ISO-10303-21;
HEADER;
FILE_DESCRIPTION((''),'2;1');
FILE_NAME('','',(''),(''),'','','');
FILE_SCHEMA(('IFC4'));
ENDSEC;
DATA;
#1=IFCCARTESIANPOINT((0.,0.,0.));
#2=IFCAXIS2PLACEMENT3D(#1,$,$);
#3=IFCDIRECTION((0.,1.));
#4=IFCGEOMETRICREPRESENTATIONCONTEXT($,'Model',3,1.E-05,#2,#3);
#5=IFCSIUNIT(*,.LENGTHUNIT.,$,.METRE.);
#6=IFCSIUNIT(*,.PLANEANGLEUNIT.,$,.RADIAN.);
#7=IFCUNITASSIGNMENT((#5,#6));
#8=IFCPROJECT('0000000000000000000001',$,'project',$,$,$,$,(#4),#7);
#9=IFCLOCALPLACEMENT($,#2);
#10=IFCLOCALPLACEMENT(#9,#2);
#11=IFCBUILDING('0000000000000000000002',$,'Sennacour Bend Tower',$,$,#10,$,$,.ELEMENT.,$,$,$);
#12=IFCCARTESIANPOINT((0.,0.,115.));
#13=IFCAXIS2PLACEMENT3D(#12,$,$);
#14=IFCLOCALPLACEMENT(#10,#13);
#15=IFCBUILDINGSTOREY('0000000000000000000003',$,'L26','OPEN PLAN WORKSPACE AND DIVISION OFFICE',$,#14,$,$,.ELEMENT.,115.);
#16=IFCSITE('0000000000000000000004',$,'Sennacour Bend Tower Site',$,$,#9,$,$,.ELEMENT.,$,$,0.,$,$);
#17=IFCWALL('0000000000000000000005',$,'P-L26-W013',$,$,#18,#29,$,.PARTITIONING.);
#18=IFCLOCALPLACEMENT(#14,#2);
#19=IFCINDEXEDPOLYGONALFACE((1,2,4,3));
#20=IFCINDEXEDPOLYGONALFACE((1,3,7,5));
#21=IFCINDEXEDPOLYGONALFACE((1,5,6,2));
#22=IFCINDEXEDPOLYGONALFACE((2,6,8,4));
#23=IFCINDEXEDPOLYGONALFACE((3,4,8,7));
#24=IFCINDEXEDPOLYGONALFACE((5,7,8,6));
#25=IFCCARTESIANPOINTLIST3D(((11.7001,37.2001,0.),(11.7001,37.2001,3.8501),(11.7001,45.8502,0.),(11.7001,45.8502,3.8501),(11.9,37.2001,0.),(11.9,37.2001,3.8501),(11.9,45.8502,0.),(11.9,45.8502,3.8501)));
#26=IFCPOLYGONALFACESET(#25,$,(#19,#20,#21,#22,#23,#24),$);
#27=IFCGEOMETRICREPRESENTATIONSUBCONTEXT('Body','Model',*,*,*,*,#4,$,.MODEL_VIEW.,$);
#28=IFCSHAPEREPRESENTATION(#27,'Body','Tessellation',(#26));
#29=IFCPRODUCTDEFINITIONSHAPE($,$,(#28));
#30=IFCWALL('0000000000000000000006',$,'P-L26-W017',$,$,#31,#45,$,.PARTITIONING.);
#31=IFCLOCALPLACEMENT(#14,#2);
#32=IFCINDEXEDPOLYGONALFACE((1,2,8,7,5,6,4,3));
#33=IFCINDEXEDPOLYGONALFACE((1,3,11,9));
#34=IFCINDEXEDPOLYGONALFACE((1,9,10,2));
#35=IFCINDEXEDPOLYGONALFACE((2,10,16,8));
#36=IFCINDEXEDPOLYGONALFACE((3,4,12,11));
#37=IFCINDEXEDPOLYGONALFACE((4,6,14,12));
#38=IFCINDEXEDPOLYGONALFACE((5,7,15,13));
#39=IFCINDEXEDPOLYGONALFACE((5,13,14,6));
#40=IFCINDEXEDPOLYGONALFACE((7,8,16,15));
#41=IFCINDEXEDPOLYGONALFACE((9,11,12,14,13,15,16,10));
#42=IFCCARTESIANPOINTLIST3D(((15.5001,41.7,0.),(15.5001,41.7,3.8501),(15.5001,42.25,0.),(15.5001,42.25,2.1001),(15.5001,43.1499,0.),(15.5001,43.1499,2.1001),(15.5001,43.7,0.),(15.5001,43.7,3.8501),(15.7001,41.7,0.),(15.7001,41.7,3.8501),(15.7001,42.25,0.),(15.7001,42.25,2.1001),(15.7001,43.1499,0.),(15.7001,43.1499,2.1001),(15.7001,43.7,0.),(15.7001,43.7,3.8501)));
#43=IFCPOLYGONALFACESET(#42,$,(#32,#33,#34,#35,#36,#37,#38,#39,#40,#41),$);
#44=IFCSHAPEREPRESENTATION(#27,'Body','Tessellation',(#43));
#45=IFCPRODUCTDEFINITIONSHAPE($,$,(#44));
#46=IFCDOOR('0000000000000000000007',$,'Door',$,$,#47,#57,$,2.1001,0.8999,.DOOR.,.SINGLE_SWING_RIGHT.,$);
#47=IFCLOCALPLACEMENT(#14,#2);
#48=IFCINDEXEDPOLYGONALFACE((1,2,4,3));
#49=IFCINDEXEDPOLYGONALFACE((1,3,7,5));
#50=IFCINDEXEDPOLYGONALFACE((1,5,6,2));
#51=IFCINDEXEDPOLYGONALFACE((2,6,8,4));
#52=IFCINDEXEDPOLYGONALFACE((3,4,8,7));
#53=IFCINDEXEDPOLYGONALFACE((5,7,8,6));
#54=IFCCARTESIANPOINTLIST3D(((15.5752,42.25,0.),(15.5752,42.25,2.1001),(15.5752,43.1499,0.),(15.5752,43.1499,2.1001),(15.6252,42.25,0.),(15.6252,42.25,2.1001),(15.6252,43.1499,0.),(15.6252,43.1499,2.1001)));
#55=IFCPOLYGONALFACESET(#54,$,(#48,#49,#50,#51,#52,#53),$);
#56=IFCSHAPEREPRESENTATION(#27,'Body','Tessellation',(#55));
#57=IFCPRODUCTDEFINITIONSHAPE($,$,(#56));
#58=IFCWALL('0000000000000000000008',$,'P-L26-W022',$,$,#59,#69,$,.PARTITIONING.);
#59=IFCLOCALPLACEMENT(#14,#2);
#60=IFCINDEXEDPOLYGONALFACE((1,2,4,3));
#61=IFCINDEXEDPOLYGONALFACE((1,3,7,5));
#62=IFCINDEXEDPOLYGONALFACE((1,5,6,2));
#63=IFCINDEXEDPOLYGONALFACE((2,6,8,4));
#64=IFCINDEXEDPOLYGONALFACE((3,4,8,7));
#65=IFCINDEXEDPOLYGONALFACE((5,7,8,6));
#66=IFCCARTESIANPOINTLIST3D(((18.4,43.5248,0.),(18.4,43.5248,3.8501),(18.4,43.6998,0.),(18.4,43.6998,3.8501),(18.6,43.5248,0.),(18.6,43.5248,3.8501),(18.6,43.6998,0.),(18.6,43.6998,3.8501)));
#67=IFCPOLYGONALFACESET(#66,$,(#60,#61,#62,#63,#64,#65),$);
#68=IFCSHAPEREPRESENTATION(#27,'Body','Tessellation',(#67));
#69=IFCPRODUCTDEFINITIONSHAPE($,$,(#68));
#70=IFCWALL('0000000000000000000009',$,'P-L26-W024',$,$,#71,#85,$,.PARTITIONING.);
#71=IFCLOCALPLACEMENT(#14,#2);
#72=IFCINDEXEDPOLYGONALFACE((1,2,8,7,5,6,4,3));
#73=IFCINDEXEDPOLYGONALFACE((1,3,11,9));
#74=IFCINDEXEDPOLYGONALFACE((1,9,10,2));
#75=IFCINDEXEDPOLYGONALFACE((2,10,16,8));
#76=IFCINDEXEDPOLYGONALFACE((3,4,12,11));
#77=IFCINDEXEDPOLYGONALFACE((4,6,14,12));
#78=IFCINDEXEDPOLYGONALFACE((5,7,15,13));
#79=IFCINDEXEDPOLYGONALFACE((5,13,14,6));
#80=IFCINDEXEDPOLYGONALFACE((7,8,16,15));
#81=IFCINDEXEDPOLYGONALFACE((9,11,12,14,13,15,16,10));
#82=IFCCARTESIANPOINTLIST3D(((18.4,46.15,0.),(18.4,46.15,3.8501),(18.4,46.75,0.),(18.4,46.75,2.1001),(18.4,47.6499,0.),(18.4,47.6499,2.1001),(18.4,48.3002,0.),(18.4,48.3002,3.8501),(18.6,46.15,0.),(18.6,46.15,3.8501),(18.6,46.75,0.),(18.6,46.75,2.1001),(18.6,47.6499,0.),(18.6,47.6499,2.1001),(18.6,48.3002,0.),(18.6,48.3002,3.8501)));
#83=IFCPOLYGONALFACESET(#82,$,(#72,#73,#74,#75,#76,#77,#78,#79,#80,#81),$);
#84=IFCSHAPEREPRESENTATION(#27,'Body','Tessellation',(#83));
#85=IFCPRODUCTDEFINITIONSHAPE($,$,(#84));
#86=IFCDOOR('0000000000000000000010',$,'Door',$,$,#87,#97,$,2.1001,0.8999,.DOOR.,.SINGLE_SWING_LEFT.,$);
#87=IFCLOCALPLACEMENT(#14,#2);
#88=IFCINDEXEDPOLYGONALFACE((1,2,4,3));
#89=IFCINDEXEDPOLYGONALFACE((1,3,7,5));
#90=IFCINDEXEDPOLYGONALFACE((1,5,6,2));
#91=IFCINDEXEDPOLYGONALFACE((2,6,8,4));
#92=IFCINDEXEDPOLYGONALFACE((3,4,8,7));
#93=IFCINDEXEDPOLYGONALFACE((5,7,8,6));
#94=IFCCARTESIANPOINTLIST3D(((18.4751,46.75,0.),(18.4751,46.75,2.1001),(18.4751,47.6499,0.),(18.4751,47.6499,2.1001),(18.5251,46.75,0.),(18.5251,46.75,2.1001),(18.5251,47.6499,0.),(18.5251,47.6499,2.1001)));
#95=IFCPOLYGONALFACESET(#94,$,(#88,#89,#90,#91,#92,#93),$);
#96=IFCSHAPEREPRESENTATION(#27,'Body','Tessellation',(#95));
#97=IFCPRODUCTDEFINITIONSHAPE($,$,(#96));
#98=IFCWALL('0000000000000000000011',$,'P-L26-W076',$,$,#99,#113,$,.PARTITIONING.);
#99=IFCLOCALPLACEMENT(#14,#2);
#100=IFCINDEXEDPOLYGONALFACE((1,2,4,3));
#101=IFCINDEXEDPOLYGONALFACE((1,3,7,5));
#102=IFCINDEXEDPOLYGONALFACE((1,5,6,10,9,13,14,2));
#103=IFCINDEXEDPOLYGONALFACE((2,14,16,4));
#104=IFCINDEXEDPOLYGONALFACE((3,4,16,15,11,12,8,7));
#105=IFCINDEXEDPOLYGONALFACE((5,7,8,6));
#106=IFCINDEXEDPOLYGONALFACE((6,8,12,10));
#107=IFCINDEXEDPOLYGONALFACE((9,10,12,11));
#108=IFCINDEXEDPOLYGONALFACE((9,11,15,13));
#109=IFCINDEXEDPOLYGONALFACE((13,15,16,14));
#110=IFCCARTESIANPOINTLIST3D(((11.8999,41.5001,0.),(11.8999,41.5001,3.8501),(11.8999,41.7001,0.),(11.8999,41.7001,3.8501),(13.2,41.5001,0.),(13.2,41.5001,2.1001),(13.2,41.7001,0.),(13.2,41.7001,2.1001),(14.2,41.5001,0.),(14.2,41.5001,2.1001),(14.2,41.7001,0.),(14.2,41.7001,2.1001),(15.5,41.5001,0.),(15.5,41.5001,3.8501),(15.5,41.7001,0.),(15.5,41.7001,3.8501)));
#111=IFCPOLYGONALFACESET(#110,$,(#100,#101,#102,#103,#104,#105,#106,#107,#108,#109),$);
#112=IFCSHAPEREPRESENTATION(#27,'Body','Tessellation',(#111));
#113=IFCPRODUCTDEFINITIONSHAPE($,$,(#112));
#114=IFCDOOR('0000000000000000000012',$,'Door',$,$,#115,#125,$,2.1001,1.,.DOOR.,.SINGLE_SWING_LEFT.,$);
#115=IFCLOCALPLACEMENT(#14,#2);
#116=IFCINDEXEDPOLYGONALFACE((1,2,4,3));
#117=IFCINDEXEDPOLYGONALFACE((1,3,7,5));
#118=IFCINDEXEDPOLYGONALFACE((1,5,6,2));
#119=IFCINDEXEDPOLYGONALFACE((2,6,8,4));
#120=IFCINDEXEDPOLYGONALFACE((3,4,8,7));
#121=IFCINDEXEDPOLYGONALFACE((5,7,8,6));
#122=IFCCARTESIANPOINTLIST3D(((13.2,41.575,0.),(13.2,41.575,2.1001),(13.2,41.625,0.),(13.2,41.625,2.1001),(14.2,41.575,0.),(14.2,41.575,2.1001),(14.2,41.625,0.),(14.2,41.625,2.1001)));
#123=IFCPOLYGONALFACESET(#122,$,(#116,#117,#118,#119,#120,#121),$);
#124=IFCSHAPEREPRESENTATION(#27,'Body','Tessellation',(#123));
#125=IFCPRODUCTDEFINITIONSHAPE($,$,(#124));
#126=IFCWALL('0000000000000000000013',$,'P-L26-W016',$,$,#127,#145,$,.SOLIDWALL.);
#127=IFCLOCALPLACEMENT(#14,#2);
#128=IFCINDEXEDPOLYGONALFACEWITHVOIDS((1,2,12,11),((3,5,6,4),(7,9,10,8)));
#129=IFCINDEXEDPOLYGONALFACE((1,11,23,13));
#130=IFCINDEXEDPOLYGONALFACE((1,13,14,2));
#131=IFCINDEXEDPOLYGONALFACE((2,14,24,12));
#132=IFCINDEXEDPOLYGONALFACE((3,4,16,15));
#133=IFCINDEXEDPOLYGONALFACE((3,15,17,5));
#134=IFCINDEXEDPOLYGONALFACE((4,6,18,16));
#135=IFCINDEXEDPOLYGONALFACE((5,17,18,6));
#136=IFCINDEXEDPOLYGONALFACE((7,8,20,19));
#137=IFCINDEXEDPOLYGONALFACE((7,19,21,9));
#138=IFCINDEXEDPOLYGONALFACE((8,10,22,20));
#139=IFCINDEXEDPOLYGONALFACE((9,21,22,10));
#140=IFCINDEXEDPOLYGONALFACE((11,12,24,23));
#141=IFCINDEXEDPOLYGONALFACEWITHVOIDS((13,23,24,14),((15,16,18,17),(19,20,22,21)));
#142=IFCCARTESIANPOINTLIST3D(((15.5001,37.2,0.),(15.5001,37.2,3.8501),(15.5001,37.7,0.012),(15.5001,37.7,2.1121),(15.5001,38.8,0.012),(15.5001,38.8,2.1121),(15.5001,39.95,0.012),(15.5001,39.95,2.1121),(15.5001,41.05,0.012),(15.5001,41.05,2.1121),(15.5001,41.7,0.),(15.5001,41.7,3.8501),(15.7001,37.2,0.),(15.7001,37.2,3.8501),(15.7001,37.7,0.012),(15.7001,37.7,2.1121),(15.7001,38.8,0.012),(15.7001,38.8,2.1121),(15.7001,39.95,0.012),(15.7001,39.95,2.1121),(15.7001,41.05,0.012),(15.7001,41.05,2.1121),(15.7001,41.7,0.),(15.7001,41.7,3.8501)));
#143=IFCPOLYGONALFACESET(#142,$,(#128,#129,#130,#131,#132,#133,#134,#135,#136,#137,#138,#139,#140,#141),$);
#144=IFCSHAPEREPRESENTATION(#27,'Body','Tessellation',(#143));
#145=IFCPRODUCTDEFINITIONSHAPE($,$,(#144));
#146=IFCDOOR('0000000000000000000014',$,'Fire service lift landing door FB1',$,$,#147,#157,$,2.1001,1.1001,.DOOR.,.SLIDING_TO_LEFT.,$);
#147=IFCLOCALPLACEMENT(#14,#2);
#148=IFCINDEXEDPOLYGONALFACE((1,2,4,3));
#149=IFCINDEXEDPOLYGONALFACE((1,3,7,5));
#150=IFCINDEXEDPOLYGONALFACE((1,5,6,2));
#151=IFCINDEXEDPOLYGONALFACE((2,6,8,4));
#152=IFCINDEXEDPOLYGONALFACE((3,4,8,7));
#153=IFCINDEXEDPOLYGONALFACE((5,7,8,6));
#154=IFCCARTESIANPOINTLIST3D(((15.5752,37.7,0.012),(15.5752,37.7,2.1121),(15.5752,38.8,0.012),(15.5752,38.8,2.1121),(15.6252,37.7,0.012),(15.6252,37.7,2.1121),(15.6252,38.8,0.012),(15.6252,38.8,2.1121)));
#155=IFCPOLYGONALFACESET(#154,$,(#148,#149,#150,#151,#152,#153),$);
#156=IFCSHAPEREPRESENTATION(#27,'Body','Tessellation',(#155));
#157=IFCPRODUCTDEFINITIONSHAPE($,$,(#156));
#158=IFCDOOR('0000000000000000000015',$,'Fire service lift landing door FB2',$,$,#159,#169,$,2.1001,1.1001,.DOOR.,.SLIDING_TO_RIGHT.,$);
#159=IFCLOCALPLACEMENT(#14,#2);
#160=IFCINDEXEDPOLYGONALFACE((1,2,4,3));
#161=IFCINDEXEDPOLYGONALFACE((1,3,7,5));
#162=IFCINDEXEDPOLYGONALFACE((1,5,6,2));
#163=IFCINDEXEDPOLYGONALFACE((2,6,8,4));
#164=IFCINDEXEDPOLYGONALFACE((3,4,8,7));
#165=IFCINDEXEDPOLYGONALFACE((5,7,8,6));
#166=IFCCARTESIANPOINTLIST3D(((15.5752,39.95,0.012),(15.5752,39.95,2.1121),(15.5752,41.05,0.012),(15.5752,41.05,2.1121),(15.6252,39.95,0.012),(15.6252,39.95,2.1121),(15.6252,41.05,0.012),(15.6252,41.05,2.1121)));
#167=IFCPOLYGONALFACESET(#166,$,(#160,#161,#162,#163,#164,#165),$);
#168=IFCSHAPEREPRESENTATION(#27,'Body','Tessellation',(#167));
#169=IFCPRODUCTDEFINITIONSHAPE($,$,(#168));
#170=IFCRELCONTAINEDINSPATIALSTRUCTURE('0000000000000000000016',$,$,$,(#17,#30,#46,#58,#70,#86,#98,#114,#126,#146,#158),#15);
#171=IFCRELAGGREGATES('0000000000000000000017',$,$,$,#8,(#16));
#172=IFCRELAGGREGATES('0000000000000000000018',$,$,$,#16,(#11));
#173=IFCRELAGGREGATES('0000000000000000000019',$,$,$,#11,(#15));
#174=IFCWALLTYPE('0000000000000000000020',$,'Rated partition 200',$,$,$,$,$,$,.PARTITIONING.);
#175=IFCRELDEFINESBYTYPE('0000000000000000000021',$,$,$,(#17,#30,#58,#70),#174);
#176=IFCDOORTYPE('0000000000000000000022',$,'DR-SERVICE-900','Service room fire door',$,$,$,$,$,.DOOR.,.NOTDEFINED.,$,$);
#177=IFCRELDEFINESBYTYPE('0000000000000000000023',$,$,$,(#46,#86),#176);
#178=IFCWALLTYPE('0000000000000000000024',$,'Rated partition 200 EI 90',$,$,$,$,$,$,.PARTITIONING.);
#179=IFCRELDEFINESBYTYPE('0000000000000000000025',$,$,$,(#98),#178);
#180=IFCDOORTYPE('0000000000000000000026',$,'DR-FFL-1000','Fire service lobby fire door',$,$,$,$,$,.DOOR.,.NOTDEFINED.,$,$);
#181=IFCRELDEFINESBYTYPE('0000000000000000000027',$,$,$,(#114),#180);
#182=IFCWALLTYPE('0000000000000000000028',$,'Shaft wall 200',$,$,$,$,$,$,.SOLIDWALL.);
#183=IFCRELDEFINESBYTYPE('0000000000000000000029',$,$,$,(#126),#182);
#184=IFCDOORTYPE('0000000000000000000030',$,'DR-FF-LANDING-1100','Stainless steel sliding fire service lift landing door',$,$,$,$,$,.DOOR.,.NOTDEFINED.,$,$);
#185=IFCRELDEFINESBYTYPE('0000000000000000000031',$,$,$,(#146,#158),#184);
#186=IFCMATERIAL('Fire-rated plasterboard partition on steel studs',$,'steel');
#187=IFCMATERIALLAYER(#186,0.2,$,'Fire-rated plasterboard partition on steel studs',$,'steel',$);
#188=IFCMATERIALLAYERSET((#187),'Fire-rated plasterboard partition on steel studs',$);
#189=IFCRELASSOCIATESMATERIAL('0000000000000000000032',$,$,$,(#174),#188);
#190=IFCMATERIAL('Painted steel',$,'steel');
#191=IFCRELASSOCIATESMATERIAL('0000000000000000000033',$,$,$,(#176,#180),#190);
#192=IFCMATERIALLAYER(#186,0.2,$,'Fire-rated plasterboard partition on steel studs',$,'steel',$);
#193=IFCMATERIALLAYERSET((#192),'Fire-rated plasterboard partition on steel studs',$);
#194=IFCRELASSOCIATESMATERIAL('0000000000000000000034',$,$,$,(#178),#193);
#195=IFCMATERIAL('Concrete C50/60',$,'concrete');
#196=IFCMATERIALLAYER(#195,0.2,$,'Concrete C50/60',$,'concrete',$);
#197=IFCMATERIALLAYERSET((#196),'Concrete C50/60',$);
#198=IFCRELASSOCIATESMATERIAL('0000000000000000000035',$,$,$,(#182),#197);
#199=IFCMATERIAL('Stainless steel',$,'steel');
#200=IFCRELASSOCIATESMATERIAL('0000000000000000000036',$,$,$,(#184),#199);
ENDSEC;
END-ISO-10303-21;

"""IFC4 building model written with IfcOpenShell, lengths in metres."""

from ifc_helpers import new_model, si_unit, direction, frame, frame_2d, origin, place, context, subcontext, project, spatial, rectangle, extrude, material, layer, layer_set, type_object, element, fill, save


model = new_model("IFC4")

# Units and contexts
model_context = context("Model", 3, precision=1e-05, world=origin(), true_north=direction((0.0, 1.0)))
body_context = subcontext(model_context, "Body", "Model", "MODEL_VIEW")
ifc_project = project(units=[si_unit("LENGTHUNIT", "METRE"), si_unit("PLANEANGLEUNIT", "RADIAN")], contexts=[model_context])

# Site, building, storey
site_placement = place(None, origin())
site = spatial("IfcSite", under=ifc_project, at=site_placement, Name="Sennacour Bend Tower Site", CompositionType="ELEMENT", RefElevation=0.0)
building_placement = place(site_placement, origin())
building = spatial("IfcBuilding", under=site, at=building_placement, Name="Sennacour Bend Tower", CompositionType="ELEMENT")
storey_placement = place(building_placement, frame((0.0, 0.0, 115.0)))
storey = spatial("IfcBuildingStorey", under=building, at=storey_placement, Name="L26", Description="OPEN PLAN WORKSPACE AND DIVISION OFFICE", CompositionType="ELEMENT", Elevation=115.0)

# Wall
ifc_material_1 = material(Name="Fire-rated plasterboard partition on steel studs", Category="steel")
ifc_layer_1 = layer(ifc_material_1, 0.2, Name="Fire-rated plasterboard partition on steel studs", Category="steel")
ifc_layer_set_1 = layer_set([ifc_layer_1], Name="Fire-rated plasterboard partition on steel studs")
wall_type_1 = type_object("IfcWallType", Name="Rated partition 200", PredefinedType="PARTITIONING", material=ifc_layer_set_1)
wall_1_placement = place(storey_placement, frame((11.8, 37.2, 0.0), z_axis=(0.0, 0.0, 1.0), x_axis=(0.0, 1.0, 0.0)))
element("IfcWall", 1, at=wall_1_placement, inside=storey, type_object=wall_type_1, Name="P-L26-W013", PredefinedType="PARTITIONING", context=body_context, shape_type="SweptSolid", body=[
    extrude(rectangle(XDim=8.6501, YDim=0.2, at=frame_2d((4.3252, 0.0))), origin(), (0.0, 0.0, 1.0), 3.8501),
])

# Wall, opening, door
wall_2_placement = place(storey_placement, frame((15.6001, 41.7, 0.0), z_axis=(0.0, 0.0, 1.0), x_axis=(0.0, 1.0, 0.0)))
wall_2 = element("IfcWall", 2, at=wall_2_placement, inside=storey, type_object=wall_type_1, Name="P-L26-W017", PredefinedType="PARTITIONING", context=body_context, shape_type="SweptSolid", body=[
    extrude(rectangle(XDim=2.0, YDim=0.2, at=frame_2d((1.0, 0.0))), origin(), (0.0, 0.0, 1.0), 3.8501),
])
opening_1_placement = place(wall_2_placement, frame((0.55, 0.0, 0.0)))
opening_1 = element("IfcOpeningElement", 3, at=opening_1_placement, cuts=wall_2, PredefinedType="OPENING", context=body_context, shape_type="SweptSolid", body=[
    extrude(rectangle(XDim=0.8999, YDim=2.1001, at=frame_2d((0.45, 1.05))), frame((0.0, 0.1099, 0.0), z_axis=(0.0, -1.0, 0.0), x_axis=(1.0, 0.0, 0.0)), (0.0, 0.0, 1.0), 0.22),
])
ifc_material_2 = material(Name="Painted steel", Category="steel")
door_type_1 = type_object("IfcDoorType", Name="DR-SERVICE-900", Description="Service room fire door", OperationType="NOTDEFINED", PredefinedType="DOOR", material=ifc_material_2)
door_1_placement = place(opening_1_placement, origin())
door_1 = element("IfcDoor", 4, at=door_1_placement, inside=storey, type_object=door_type_1, Name="Door", OperationType="SINGLE_SWING_RIGHT", OverallHeight=2.1001, OverallWidth=0.8999, PredefinedType="DOOR", context=body_context, shape_type="SweptSolid", body=[
    extrude(rectangle(XDim=0.8999, YDim=2.1001, at=frame_2d((0.45, 1.05))), frame((0.0, 0.0249, 0.0), z_axis=(0.0, -1.0, 0.0), x_axis=(1.0, 0.0, 0.0)), (0.0, 0.0, 1.0), 0.05),
])
fill(opening_1, door_1)

# Wall
wall_3_placement = place(storey_placement, frame((18.5, 43.5249, 0.0), z_axis=(0.0, 0.0, 1.0), x_axis=(0.0, 1.0, 0.0)))
element("IfcWall", 5, at=wall_3_placement, inside=storey, type_object=wall_type_1, Name="P-L26-W022", PredefinedType="PARTITIONING", context=body_context, shape_type="SweptSolid", body=[
    extrude(rectangle(XDim=0.175, YDim=0.2, at=frame_2d((0.0874, 0.0))), origin(), (0.0, 0.0, 1.0), 3.8501),
])

# Walls, openings, doors
wall_4_placement = place(storey_placement, frame((18.5, 46.1499, 0.0), z_axis=(0.0, 0.0, 1.0), x_axis=(0.0, 1.0, 0.0)))
wall_4 = element("IfcWall", 6, at=wall_4_placement, inside=storey, type_object=wall_type_1, Name="P-L26-W024", PredefinedType="PARTITIONING", context=body_context, shape_type="SweptSolid", body=[
    extrude(rectangle(XDim=2.1501, YDim=0.2, at=frame_2d((1.0752, 0.0))), origin(), (0.0, 0.0, 1.0), 3.8501),
])
opening_2_placement = place(wall_4_placement, frame((0.6001, 0.0, 0.0)))
opening_2 = element("IfcOpeningElement", 7, at=opening_2_placement, cuts=wall_4, PredefinedType="OPENING", context=body_context, shape_type="SweptSolid", body=[
    extrude(rectangle(XDim=0.8999, YDim=2.1001, at=frame_2d((0.45, 1.05))), frame((0.0, 0.1099, 0.0), z_axis=(0.0, -1.0, 0.0), x_axis=(1.0, 0.0, 0.0)), (0.0, 0.0, 1.0), 0.22),
])
door_2_placement = place(opening_2_placement, origin())
door_2 = element("IfcDoor", 8, at=door_2_placement, inside=storey, type_object=door_type_1, Name="Door", OperationType="SINGLE_SWING_LEFT", OverallHeight=2.1001, OverallWidth=0.8999, PredefinedType="DOOR", context=body_context, shape_type="SweptSolid", body=[
    extrude(rectangle(XDim=0.8999, YDim=2.1001, at=frame_2d((0.45, 1.05))), frame((0.0, 0.0249, 0.0), z_axis=(0.0, -1.0, 0.0), x_axis=(1.0, 0.0, 0.0)), (0.0, 0.0, 1.0), 0.05),
])
fill(opening_2, door_2)
ifc_layer_2 = layer(ifc_material_1, 0.2, Name="Fire-rated plasterboard partition on steel studs", Category="steel")
ifc_layer_set_2 = layer_set([ifc_layer_2], Name="Fire-rated plasterboard partition on steel studs")
wall_type_2 = type_object("IfcWallType", Name="Rated partition 200 EI 90", PredefinedType="PARTITIONING", material=ifc_layer_set_2)
wall_5_placement = place(storey_placement, frame((11.8999, 41.6001, 0.0), z_axis=(0.0, 0.0, 1.0), x_axis=(1.0, 0.0, 0.0)))
wall_5 = element("IfcWall", 9, at=wall_5_placement, inside=storey, type_object=wall_type_2, Name="P-L26-W076", PredefinedType="PARTITIONING", context=body_context, shape_type="SweptSolid", body=[
    extrude(rectangle(XDim=3.6001, YDim=0.2, at=frame_2d((1.8, 0.0))), origin(), (0.0, 0.0, 1.0), 3.8501),
])
opening_3_placement = place(wall_5_placement, frame((1.3, 0.0, 0.0)))
opening_3 = element("IfcOpeningElement", 10, at=opening_3_placement, cuts=wall_5, PredefinedType="OPENING", context=body_context, shape_type="SweptSolid", body=[
    extrude(rectangle(XDim=1.0, YDim=2.1001, at=frame_2d((0.5, 1.05))), frame((0.0, 0.1099, 0.0), z_axis=(0.0, -1.0, 0.0), x_axis=(1.0, 0.0, 0.0)), (0.0, 0.0, 1.0), 0.22),
])
door_type_2 = type_object("IfcDoorType", Name="DR-FFL-1000", Description="Fire service lobby fire door", OperationType="NOTDEFINED", PredefinedType="DOOR", material=ifc_material_2)
door_3_placement = place(opening_3_placement, origin())
door_3 = element("IfcDoor", 11, at=door_3_placement, inside=storey, type_object=door_type_2, Name="Door", OperationType="SINGLE_SWING_LEFT", OverallHeight=2.1001, OverallWidth=1.0, PredefinedType="DOOR", context=body_context, shape_type="SweptSolid", body=[
    extrude(rectangle(XDim=1.0, YDim=2.1001, at=frame_2d((0.5, 1.05))), frame((0.0, 0.0249, 0.0), z_axis=(0.0, -1.0, 0.0), x_axis=(1.0, 0.0, 0.0)), (0.0, 0.0, 1.0), 0.05),
])
fill(opening_3, door_3)

# Wall, openings, doors
ifc_material_3 = material(Name="Concrete C50/60", Category="concrete")
ifc_layer_3 = layer(ifc_material_3, 0.2, Name="Concrete C50/60", Category="concrete")
ifc_layer_set_3 = layer_set([ifc_layer_3], Name="Concrete C50/60")
wall_type_3 = type_object("IfcWallType", Name="Shaft wall 200", PredefinedType="SOLIDWALL", material=ifc_layer_set_3)
wall_6_placement = place(storey_placement, frame((15.6001, 37.2, 0.0), z_axis=(0.0, 0.0, 1.0), x_axis=(0.0, 1.0, 0.0)))
wall_6 = element("IfcWall", 12, at=wall_6_placement, inside=storey, type_object=wall_type_3, Name="P-L26-W016", PredefinedType="SOLIDWALL", context=body_context, shape_type="SweptSolid", body=[
    extrude(rectangle(XDim=4.5, YDim=0.2, at=frame_2d((2.25, 0.0))), origin(), (0.0, 0.0, 1.0), 3.8501),
])
opening_4_placement = place(wall_6_placement, frame((0.5, 0.0, 0.012)))
opening_4 = element("IfcOpeningElement", 13, at=opening_4_placement, cuts=wall_6, PredefinedType="OPENING", context=body_context, shape_type="SweptSolid", body=[
    extrude(rectangle(XDim=1.1001, YDim=2.1001, at=frame_2d((0.55, 1.05))), frame((0.0, 0.1099, 0.0), z_axis=(0.0, -1.0, 0.0), x_axis=(1.0, 0.0, 0.0)), (0.0, 0.0, 1.0), 0.22),
])
opening_5_placement = place(wall_6_placement, frame((2.75, 0.0, 0.012)))
opening_5 = element("IfcOpeningElement", 14, at=opening_5_placement, cuts=wall_6, PredefinedType="OPENING", context=body_context, shape_type="SweptSolid", body=[
    extrude(rectangle(XDim=1.1001, YDim=2.1001, at=frame_2d((0.55, 1.05))), frame((0.0, 0.1099, 0.0), z_axis=(0.0, -1.0, 0.0), x_axis=(1.0, 0.0, 0.0)), (0.0, 0.0, 1.0), 0.22),
])
ifc_material_4 = material(Name="Stainless steel", Category="steel")
door_type_3 = type_object("IfcDoorType", Name="DR-FF-LANDING-1100", Description="Stainless steel sliding fire service lift landing door", OperationType="NOTDEFINED", PredefinedType="DOOR", material=ifc_material_4)
door_4_placement = place(opening_4_placement, origin())
door_4 = element("IfcDoor", 15, at=door_4_placement, inside=storey, type_object=door_type_3, Name="Fire service lift landing door FB1", OperationType="SLIDING_TO_LEFT", OverallHeight=2.1001, OverallWidth=1.1001, PredefinedType="DOOR", context=body_context, shape_type="SweptSolid", body=[
    extrude(rectangle(XDim=1.1001, YDim=2.1001, at=frame_2d((0.55, 1.05))), frame((0.0, 0.0249, 0.0), z_axis=(0.0, -1.0, 0.0), x_axis=(1.0, 0.0, 0.0)), (0.0, 0.0, 1.0), 0.05),
])
fill(opening_4, door_4)
door_5_placement = place(opening_5_placement, origin())
door_5 = element("IfcDoor", 16, at=door_5_placement, inside=storey, type_object=door_type_3, Name="Fire service lift landing door FB2", OperationType="SLIDING_TO_RIGHT", OverallHeight=2.1001, OverallWidth=1.1001, PredefinedType="DOOR", context=body_context, shape_type="SweptSolid", body=[
    extrude(rectangle(XDim=1.1001, YDim=2.1001, at=frame_2d((0.55, 1.05))), frame((0.0, 0.0249, 0.0), z_axis=(0.0, -1.0, 0.0), x_axis=(1.0, 0.0, 0.0)), (0.0, 0.0, 1.0), 0.05),
])
fill(opening_5, door_5)

save(model, "model.ifc")
